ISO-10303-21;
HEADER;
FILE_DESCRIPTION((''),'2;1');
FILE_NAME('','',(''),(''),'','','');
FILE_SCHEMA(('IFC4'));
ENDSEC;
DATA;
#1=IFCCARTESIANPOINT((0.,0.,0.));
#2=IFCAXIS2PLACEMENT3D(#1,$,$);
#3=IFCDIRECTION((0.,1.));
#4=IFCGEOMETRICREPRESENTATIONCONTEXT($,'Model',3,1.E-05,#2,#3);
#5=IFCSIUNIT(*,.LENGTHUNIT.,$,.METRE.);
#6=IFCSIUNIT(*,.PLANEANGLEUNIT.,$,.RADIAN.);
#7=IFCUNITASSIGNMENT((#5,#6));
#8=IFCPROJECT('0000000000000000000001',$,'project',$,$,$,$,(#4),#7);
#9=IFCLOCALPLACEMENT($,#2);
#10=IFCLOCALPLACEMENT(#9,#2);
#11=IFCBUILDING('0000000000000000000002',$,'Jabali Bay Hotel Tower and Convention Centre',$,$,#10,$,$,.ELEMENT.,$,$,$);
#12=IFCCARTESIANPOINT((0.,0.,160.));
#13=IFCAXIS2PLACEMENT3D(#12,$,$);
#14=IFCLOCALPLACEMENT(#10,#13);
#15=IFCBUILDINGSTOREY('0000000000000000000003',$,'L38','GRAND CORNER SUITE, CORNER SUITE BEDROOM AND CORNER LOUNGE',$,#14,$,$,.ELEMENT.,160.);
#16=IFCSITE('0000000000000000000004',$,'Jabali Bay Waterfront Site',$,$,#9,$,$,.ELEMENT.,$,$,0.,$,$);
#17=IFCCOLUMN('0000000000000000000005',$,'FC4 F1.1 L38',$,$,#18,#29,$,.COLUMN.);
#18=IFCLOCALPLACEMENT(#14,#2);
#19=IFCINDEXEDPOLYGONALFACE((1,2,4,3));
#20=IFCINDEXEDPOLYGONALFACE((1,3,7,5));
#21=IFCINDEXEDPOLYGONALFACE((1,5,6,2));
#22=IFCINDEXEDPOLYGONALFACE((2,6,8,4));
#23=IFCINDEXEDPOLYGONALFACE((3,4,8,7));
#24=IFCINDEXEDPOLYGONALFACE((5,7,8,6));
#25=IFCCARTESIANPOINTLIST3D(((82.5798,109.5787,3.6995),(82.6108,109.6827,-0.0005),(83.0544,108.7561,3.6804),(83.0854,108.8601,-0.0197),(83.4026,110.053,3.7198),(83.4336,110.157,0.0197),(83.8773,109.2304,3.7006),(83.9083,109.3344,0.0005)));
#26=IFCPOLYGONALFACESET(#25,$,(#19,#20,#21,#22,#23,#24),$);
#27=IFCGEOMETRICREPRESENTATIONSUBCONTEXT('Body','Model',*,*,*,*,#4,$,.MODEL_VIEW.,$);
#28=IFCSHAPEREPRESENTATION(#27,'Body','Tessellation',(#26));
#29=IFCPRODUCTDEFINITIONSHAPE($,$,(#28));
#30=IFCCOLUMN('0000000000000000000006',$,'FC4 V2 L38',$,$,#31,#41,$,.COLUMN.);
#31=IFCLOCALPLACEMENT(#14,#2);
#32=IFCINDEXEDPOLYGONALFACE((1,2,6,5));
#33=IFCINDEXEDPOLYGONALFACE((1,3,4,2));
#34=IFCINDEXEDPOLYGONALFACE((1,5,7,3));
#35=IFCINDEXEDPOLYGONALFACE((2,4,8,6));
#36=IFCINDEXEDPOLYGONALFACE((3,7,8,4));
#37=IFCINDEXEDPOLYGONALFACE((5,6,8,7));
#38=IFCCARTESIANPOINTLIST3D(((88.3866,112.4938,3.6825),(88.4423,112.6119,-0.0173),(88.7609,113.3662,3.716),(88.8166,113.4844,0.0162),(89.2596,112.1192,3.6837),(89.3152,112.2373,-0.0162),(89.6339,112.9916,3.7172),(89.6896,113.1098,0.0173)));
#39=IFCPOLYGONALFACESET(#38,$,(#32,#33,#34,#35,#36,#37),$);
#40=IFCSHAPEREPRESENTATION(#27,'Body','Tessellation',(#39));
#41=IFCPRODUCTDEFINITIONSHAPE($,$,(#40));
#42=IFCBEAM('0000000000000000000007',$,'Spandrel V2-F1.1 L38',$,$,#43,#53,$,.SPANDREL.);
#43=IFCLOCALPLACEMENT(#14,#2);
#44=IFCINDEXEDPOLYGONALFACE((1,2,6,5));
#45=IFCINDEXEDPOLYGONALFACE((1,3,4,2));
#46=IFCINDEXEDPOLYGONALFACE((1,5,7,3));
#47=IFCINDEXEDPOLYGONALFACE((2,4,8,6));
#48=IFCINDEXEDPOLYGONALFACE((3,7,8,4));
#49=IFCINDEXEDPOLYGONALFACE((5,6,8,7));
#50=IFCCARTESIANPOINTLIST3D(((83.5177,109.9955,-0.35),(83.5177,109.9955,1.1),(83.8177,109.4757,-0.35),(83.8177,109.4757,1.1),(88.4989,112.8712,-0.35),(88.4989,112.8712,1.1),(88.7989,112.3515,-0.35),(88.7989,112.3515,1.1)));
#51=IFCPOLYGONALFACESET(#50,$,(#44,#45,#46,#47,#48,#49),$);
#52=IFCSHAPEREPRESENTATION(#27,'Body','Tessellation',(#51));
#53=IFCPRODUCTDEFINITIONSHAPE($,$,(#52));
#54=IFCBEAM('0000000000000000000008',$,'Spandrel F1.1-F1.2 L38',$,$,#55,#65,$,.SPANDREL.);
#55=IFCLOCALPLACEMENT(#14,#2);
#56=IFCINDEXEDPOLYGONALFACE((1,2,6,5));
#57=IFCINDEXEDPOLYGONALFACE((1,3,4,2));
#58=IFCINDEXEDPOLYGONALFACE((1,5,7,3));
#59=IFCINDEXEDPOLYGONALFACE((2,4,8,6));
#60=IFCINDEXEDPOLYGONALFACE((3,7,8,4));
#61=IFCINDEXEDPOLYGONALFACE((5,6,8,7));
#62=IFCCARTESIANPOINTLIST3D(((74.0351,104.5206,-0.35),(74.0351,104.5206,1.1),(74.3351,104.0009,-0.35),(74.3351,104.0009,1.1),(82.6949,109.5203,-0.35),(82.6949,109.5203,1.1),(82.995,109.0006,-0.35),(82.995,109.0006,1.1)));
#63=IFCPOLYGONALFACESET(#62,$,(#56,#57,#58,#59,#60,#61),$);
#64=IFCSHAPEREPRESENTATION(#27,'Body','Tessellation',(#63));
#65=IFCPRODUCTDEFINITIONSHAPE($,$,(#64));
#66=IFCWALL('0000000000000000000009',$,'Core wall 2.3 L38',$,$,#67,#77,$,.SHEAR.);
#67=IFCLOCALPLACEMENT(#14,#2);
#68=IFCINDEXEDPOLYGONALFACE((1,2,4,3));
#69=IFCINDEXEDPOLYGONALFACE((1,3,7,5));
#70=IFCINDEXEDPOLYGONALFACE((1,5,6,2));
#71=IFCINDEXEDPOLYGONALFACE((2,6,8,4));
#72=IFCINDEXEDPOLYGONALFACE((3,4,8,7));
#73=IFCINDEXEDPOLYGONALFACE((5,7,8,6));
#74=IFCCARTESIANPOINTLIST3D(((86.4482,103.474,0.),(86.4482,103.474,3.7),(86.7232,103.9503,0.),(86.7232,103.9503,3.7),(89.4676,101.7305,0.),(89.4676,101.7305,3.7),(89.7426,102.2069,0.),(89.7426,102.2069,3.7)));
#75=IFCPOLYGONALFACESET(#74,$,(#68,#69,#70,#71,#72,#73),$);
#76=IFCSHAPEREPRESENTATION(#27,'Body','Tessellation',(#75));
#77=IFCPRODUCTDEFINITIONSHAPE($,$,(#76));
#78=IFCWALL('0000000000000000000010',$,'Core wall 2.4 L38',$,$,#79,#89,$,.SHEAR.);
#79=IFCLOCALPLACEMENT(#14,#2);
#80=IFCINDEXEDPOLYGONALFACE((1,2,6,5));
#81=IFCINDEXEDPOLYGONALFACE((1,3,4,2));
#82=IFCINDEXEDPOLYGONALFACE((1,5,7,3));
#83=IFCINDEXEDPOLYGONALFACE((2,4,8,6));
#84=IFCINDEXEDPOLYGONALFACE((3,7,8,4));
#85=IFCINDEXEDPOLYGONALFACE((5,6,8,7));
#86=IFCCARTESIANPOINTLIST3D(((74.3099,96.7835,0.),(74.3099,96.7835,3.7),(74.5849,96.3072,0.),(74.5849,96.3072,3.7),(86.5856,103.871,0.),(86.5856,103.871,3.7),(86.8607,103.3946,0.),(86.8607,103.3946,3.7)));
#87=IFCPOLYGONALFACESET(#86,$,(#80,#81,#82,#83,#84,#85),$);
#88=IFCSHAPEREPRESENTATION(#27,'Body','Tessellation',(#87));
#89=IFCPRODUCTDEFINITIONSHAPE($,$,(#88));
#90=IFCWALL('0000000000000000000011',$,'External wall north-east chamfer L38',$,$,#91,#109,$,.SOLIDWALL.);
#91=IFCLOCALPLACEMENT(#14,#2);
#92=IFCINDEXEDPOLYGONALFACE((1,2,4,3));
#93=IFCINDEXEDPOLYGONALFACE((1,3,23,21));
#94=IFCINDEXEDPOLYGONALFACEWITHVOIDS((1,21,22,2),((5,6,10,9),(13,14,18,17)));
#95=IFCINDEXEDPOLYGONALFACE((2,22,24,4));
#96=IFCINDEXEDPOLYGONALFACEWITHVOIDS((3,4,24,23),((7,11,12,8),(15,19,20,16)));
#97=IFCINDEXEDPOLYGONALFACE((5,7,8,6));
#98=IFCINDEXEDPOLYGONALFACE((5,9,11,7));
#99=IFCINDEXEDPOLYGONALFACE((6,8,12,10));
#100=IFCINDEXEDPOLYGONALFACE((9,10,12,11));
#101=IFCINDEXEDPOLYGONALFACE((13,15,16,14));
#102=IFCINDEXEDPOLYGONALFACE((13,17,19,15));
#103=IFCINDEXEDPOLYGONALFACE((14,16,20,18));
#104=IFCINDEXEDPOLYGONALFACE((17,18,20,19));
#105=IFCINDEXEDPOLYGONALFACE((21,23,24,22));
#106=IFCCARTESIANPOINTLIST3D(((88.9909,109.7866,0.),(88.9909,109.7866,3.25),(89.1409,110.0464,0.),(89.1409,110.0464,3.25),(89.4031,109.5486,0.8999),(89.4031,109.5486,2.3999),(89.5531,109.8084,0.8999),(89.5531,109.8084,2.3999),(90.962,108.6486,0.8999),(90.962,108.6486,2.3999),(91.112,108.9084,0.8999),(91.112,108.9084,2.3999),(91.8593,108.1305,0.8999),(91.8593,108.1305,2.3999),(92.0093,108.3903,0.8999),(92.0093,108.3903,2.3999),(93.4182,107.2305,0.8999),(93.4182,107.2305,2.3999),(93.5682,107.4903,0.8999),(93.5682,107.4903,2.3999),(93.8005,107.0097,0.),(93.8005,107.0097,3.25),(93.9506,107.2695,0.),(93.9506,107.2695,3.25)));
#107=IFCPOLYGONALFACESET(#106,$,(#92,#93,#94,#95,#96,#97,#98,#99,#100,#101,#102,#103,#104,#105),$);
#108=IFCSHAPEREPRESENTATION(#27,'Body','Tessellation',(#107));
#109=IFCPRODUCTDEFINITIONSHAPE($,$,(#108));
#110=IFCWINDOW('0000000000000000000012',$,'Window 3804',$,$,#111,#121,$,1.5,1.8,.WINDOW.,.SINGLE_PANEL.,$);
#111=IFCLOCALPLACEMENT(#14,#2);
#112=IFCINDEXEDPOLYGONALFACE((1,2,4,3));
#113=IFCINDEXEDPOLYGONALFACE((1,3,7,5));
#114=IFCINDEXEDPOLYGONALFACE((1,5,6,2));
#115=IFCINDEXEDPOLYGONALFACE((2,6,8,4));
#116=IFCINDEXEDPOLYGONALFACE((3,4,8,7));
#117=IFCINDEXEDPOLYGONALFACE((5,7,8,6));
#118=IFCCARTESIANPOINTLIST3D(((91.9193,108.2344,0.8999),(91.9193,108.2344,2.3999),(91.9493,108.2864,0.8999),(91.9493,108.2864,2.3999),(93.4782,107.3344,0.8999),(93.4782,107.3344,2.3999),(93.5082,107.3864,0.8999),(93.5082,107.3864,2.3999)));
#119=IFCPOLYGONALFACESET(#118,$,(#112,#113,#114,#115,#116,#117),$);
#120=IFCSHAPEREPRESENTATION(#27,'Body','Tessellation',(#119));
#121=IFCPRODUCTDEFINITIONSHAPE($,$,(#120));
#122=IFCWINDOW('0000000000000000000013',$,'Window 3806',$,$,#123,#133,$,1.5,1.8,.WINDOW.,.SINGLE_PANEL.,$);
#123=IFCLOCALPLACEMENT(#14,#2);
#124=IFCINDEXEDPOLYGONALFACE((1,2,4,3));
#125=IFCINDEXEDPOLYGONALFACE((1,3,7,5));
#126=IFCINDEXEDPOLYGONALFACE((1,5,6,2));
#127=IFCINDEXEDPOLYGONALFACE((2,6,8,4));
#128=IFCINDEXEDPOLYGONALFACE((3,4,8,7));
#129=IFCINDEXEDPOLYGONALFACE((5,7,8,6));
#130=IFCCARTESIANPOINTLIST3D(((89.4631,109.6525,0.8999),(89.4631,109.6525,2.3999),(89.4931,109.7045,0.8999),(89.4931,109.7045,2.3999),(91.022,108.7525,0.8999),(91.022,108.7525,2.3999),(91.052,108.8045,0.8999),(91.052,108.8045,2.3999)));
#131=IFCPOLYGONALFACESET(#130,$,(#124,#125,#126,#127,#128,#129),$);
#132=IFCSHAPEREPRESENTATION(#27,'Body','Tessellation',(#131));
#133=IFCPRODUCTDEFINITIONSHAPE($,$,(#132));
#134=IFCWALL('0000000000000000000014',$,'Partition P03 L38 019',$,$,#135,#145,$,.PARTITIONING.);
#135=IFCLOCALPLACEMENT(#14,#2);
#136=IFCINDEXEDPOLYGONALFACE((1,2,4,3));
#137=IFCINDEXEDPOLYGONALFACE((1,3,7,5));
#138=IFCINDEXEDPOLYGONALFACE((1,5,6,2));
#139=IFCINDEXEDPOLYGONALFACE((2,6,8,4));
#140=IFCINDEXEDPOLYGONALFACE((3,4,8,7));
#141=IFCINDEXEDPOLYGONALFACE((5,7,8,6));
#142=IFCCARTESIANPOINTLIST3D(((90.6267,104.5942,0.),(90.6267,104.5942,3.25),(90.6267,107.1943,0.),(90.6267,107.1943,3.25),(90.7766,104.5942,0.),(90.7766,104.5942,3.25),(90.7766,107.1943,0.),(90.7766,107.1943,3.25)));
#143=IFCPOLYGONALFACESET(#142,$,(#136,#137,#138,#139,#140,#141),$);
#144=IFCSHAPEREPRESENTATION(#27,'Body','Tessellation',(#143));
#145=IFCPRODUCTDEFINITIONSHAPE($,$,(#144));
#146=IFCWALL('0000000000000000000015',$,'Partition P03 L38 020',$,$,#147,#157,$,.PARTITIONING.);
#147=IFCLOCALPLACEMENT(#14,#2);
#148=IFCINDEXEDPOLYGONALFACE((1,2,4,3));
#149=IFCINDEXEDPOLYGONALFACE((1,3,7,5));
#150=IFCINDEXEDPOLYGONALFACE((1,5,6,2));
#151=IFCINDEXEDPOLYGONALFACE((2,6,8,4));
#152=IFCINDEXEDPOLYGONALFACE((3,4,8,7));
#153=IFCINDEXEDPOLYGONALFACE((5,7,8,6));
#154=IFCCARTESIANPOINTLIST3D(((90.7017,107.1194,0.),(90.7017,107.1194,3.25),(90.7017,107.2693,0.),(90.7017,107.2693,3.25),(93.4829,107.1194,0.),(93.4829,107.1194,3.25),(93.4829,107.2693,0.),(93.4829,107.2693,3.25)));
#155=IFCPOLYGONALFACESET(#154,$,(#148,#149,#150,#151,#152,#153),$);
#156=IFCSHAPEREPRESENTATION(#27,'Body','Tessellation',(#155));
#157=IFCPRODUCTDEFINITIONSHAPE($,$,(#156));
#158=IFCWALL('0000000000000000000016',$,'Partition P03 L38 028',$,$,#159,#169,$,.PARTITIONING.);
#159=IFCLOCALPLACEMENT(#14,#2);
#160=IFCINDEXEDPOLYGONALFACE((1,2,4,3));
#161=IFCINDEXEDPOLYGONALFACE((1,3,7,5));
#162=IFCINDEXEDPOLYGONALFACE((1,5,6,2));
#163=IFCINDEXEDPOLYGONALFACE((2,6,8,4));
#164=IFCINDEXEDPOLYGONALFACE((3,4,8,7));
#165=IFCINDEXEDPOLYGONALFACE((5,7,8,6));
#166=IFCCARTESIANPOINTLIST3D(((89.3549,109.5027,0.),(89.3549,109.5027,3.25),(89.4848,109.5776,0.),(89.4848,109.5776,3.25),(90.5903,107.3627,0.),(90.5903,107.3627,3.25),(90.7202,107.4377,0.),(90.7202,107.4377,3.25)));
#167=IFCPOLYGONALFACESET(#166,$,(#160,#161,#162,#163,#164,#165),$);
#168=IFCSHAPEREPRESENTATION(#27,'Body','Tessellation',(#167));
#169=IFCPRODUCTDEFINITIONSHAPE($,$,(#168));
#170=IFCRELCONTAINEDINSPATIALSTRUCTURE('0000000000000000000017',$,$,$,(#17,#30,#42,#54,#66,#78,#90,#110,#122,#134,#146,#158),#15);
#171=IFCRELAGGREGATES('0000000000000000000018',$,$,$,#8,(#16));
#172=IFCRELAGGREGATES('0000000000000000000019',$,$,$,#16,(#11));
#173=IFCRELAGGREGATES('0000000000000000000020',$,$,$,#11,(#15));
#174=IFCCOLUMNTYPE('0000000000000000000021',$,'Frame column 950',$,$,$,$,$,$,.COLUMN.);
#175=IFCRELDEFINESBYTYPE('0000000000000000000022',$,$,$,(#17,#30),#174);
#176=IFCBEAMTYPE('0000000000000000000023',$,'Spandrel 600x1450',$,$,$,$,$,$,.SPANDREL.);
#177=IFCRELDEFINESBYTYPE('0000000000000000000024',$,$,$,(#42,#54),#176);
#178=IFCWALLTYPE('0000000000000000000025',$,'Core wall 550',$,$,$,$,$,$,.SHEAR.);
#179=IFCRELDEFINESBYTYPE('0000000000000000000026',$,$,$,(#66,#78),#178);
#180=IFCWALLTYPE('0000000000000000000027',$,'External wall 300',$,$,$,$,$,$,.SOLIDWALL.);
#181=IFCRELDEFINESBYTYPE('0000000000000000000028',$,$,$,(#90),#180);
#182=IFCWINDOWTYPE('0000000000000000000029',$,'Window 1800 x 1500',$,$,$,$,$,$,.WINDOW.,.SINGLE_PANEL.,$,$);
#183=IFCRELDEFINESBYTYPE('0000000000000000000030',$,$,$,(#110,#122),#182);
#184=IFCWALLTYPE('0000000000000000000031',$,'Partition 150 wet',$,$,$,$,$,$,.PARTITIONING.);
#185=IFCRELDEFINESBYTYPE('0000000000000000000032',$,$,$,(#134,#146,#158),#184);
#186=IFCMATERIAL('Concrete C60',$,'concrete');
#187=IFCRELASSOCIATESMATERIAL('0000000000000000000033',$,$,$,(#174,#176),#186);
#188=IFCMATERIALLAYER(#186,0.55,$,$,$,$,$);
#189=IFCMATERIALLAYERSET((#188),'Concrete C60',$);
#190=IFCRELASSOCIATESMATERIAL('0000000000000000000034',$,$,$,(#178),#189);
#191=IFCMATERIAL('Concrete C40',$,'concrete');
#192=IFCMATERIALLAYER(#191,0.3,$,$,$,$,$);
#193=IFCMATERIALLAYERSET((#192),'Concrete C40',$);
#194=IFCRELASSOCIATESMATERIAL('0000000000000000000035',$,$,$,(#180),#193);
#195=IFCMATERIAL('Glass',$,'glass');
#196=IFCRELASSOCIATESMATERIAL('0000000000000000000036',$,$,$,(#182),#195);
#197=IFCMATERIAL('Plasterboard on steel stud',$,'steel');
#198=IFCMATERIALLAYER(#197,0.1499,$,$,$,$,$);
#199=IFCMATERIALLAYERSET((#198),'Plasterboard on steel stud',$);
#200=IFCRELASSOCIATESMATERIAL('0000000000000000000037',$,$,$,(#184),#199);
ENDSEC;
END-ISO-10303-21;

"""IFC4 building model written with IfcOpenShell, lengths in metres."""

from ifc_helpers import new_model, si_unit, direction, frame, frame_2d, origin, origin_2d, place, context, subcontext, project, spatial, rectangle, extrude, material, layer, layer_set, material_profile, profile_set, type_object, element, fill, save


model = new_model("IFC4")

# Units and contexts
model_context = context("Model", 3, precision=1e-05, world=origin(), true_north=direction((0.0, 1.0)))
body_context = subcontext(model_context, "Body", "Model", "MODEL_VIEW")
ifc_project = project(units=[si_unit("LENGTHUNIT", "METRE"), si_unit("PLANEANGLEUNIT", "RADIAN")], contexts=[model_context])

# Site, building, storey
site_placement = place(None, origin())
site = spatial("IfcSite", under=ifc_project, at=site_placement, Name="Jabali Bay Waterfront Site", CompositionType="ELEMENT", RefElevation=0.0)
building_placement = place(site_placement, origin())
building = spatial("IfcBuilding", under=site, at=building_placement, Name="Jabali Bay Hotel Tower and Convention Centre", CompositionType="ELEMENT")
storey_placement = place(building_placement, frame((0.0, 0.0, 160.0)))
storey = spatial("IfcBuildingStorey", under=building, at=storey_placement, Name="L38", Description="GRAND CORNER SUITE, CORNER SUITE BEDROOM AND CORNER LOUNGE", CompositionType="ELEMENT", Elevation=160.0)

# Columns
ifc_material_1 = material(Name="Concrete C60", Category="concrete")
ifc_material_profile_1 = material_profile(ifc_material_1, rectangle(XDim=0.95, YDim=0.95, at=origin_2d()), Name="Frame column 950")
ifc_profile_set_1 = profile_set([ifc_material_profile_1], Name="Concrete C60")
column_type = type_object("IfcColumnType", Name="Frame column 950", PredefinedType="COLUMN", material=ifc_profile_set_1)
column_1_placement = place(storey_placement, frame((83.2595, 109.5085, 0.0), z_axis=(-0.008376, -0.028097, 0.99957), x_axis=(0.866172, 0.499293, 0.021293)))
element("IfcColumn", 1, at=column_1_placement, inside=storey, type_object=column_type, Name="FC4 F1.1 L38", PredefinedType="COLUMN", context=body_context, shape_type="SweptSolid", body=[
    extrude(rectangle(XDim=0.95, YDim=0.95, at=origin_2d()), origin(), (0.0, 0.0, 1.0), 3.7017),
])
column_2_placement = place(storey_placement, frame((89.0659, 112.8608, 0.0), z_axis=(-0.015035, -0.031917, 0.999377), x_axis=(0.918968, -0.39433, 0.001232)))
element("IfcColumn", 2, at=column_2_placement, inside=storey, type_object=column_type, Name="FC4 V2 L38", PredefinedType="COLUMN", context=body_context, shape_type="SweptSolid", body=[
    extrude(rectangle(XDim=0.95, YDim=0.95, at=origin_2d()), origin(), (0.0, 0.0, 1.0), 3.7021),
])

# Beams
ifc_material_profile_2 = material_profile(ifc_material_1, rectangle(XDim=0.6001, YDim=1.45, at=origin_2d()), Name="Spandrel 600x1450")
ifc_profile_set_2 = profile_set([ifc_material_profile_2], Name="Concrete C60")
beam_type = type_object("IfcBeamType", Name="Spandrel 600x1450", PredefinedType="SPANDREL", material=ifc_profile_set_2)
beam_1_placement = place(storey_placement, frame((88.6489, 112.6113, 0.375), z_axis=(-0.866038, -0.499978, 0.0), x_axis=(0.499978, -0.866038, 0.0)))
element("IfcBeam", 3, at=beam_1_placement, inside=storey, type_object=beam_type, Name="Spandrel V2-F1.1 L38", PredefinedType="SPANDREL", context=body_context, shape_type="SweptSolid", body=[
    extrude(rectangle(XDim=0.6001, YDim=1.45, at=origin_2d()), origin(), (0.0, 0.0, 1.0), 5.7517),
])
beam_2_placement = place(storey_placement, frame((82.845, 109.2605, 0.375), z_axis=(-0.866027, -0.499996, 0.0), x_axis=(0.499996, -0.866027, 0.0)))
element("IfcBeam", 4, at=beam_2_placement, inside=storey, type_object=beam_type, Name="Spandrel F1.1-F1.2 L38", PredefinedType="SPANDREL", context=body_context, shape_type="SweptSolid", body=[
    extrude(rectangle(XDim=0.6001, YDim=1.45, at=origin_2d()), origin(), (0.0, 0.0, 1.0), 9.9995),
])

# Walls
ifc_layer_1 = layer(ifc_material_1, 0.55)
ifc_layer_set_1 = layer_set([ifc_layer_1], Name="Concrete C60")
wall_type_1 = type_object("IfcWallType", Name="Core wall 550", PredefinedType="SHEAR", material=ifc_layer_set_1)
wall_1_placement = place(storey_placement, frame((89.605, 101.9688, 0.0), z_axis=(0.0, 0.0, 1.0), x_axis=(-0.865998, 0.500048, 0.0)))
element("IfcWall", 5, at=wall_1_placement, inside=storey, type_object=wall_type_1, Name="Core wall 2.3 L38", PredefinedType="SHEAR", context=body_context, shape_type="SweptSolid", body=[
    extrude(rectangle(XDim=3.4866, YDim=0.55, at=frame_2d((1.7432, 0.0))), origin(), (0.0, 0.0, 1.0), 3.7),
])
wall_2_placement = place(storey_placement, frame((86.7231, 103.6328, 0.0), z_axis=(0.0, 0.0, 1.0), x_axis=(-0.866024, -0.500003, 0.0)))
element("IfcWall", 6, at=wall_2_placement, inside=storey, type_object=wall_type_1, Name="Core wall 2.4 L38", PredefinedType="SHEAR", context=body_context, shape_type="SweptSolid", body=[
    extrude(rectangle(XDim=14.1748, YDim=0.55, at=frame_2d((7.0874, 0.0))), origin(), (0.0, 0.0, 1.0), 3.7),
])

# Wall, openings, windows
ifc_material_2 = material(Name="Concrete C40", Category="concrete")
ifc_layer_2 = layer(ifc_material_2, 0.3)
ifc_layer_set_2 = layer_set([ifc_layer_2], Name="Concrete C40")
wall_type_2 = type_object("IfcWallType", Name="External wall 300", PredefinedType="SOLIDWALL", material=ifc_layer_set_2)
wall_3_placement = place(storey_placement, frame((89.0659, 109.9165, 0.0), z_axis=(0.0, 0.0, 1.0), x_axis=(0.866022, -0.500007, 0.0)))
wall_3 = element("IfcWall", 7, at=wall_3_placement, inside=storey, type_object=wall_type_2, Name="External wall north-east chamfer L38", PredefinedType="SOLIDWALL", context=body_context, shape_type="SweptSolid", body=[
    extrude(rectangle(XDim=5.5537, YDim=0.3, at=frame_2d((2.7769, 0.0))), origin(), (0.0, 0.0, 1.0), 3.25),
])
opening_1_placement = place(wall_3_placement, frame((3.3123, 0.0, 0.8999)))
opening_1 = element("IfcOpeningElement", 8, at=opening_1_placement, cuts=wall_3, PredefinedType="OPENING", context=body_context, shape_type="SweptSolid", body=[
    extrude(rectangle(XDim=1.8, YDim=1.5, at=frame_2d((0.8999, 0.75))), frame((0.0, 0.1606, 0.0), z_axis=(0.0, -1.0, 0.0), x_axis=(1.0, 0.0, 0.0)), (0.0, 0.0, 1.0), 0.321),
])
opening_2_placement = place(wall_3_placement, frame((0.4761, 0.0, 0.8999)))
opening_2 = element("IfcOpeningElement", 9, at=opening_2_placement, cuts=wall_3, PredefinedType="OPENING", context=body_context, shape_type="SweptSolid", body=[
    extrude(rectangle(XDim=1.8, YDim=1.5, at=frame_2d((0.8999, 0.75))), frame((0.0, 0.1606, 0.0), z_axis=(0.0, -1.0, 0.0), x_axis=(1.0, 0.0, 0.0)), (0.0, 0.0, 1.0), 0.321),
])
ifc_material_3 = material(Name="Glass", Category="glass")
window_type = type_object("IfcWindowType", Name="Window 1800 x 1500", PartitioningType="SINGLE_PANEL", PredefinedType="WINDOW", material=ifc_material_3)
window_1_placement = place(opening_1_placement, origin())
window_1 = element("IfcWindow", 10, at=window_1_placement, inside=storey, type_object=window_type, Name="Window 3804", OverallHeight=1.5, OverallWidth=1.8, PartitioningType="SINGLE_PANEL", PredefinedType="WINDOW", context=body_context, shape_type="SweptSolid", body=[
    extrude(rectangle(XDim=1.8, YDim=1.5, at=frame_2d((0.8999, 0.75))), frame((0.0, 0.03, 0.0), z_axis=(0.0, -1.0, 0.0), x_axis=(1.0, 0.0, 0.0)), (0.0, 0.0, 1.0), 0.0601),
])
fill(opening_1, window_1)
window_2_placement = place(opening_2_placement, origin())
window_2 = element("IfcWindow", 11, at=window_2_placement, inside=storey, type_object=window_type, Name="Window 3806", OverallHeight=1.5, OverallWidth=1.8, PartitioningType="SINGLE_PANEL", PredefinedType="WINDOW", context=body_context, shape_type="SweptSolid", body=[
    extrude(rectangle(XDim=1.8, YDim=1.5, at=frame_2d((0.8999, 0.75))), frame((0.0, 0.03, 0.0), z_axis=(0.0, -1.0, 0.0), x_axis=(1.0, 0.0, 0.0)), (0.0, 0.0, 1.0), 0.0601),
])
fill(opening_2, window_2)

# Walls
ifc_material_4 = material(Name="Plasterboard on steel stud", Category="steel")
ifc_layer_3 = layer(ifc_material_4, 0.1499)
ifc_layer_set_3 = layer_set([ifc_layer_3], Name="Plasterboard on steel stud")
wall_type_3 = type_object("IfcWallType", Name="Partition 150 wet", PredefinedType="PARTITIONING", material=ifc_layer_set_3)
wall_4_placement = place(storey_placement, frame((90.7017, 104.5942, 0.0), z_axis=(0.0, 0.0, 1.0), x_axis=(0.0, 1.0, 0.0)))
element("IfcWall", 12, at=wall_4_placement, inside=storey, type_object=wall_type_3, Name="Partition P03 L38 019", PredefinedType="PARTITIONING", context=body_context, shape_type="SweptSolid", body=[
    extrude(rectangle(XDim=2.6001, YDim=0.1499, at=frame_2d((1.3, 0.0))), origin(), (0.0, 0.0, 1.0), 3.25),
])
wall_5_placement = place(storey_placement, frame((90.7017, 107.1943, 0.0), z_axis=(0.0, 0.0, 1.0), x_axis=(1.0, 0.0, 0.0)))
element("IfcWall", 13, at=wall_5_placement, inside=storey, type_object=wall_type_3, Name="Partition P03 L38 020", PredefinedType="PARTITIONING", context=body_context, shape_type="SweptSolid", body=[
    extrude(rectangle(XDim=2.7812, YDim=0.1499, at=frame_2d((1.3906, 0.0))), origin(), (0.0, 0.0, 1.0), 3.25),
])
wall_6_placement = place(storey_placement, frame((89.4199, 109.54, 0.0), z_axis=(0.0, 0.0, 1.0), x_axis=(0.499965, -0.866046, 0.0)))
element("IfcWall", 14, at=wall_6_placement, inside=storey, type_object=wall_type_3, Name="Partition P03 L38 028", PredefinedType="PARTITIONING", context=body_context, shape_type="SweptSolid", body=[
    extrude(rectangle(XDim=2.4709, YDim=0.1499, at=frame_2d((1.2354, 0.0))), origin(), (0.0, 0.0, 1.0), 3.25),
])

save(model, "model.ifc")
